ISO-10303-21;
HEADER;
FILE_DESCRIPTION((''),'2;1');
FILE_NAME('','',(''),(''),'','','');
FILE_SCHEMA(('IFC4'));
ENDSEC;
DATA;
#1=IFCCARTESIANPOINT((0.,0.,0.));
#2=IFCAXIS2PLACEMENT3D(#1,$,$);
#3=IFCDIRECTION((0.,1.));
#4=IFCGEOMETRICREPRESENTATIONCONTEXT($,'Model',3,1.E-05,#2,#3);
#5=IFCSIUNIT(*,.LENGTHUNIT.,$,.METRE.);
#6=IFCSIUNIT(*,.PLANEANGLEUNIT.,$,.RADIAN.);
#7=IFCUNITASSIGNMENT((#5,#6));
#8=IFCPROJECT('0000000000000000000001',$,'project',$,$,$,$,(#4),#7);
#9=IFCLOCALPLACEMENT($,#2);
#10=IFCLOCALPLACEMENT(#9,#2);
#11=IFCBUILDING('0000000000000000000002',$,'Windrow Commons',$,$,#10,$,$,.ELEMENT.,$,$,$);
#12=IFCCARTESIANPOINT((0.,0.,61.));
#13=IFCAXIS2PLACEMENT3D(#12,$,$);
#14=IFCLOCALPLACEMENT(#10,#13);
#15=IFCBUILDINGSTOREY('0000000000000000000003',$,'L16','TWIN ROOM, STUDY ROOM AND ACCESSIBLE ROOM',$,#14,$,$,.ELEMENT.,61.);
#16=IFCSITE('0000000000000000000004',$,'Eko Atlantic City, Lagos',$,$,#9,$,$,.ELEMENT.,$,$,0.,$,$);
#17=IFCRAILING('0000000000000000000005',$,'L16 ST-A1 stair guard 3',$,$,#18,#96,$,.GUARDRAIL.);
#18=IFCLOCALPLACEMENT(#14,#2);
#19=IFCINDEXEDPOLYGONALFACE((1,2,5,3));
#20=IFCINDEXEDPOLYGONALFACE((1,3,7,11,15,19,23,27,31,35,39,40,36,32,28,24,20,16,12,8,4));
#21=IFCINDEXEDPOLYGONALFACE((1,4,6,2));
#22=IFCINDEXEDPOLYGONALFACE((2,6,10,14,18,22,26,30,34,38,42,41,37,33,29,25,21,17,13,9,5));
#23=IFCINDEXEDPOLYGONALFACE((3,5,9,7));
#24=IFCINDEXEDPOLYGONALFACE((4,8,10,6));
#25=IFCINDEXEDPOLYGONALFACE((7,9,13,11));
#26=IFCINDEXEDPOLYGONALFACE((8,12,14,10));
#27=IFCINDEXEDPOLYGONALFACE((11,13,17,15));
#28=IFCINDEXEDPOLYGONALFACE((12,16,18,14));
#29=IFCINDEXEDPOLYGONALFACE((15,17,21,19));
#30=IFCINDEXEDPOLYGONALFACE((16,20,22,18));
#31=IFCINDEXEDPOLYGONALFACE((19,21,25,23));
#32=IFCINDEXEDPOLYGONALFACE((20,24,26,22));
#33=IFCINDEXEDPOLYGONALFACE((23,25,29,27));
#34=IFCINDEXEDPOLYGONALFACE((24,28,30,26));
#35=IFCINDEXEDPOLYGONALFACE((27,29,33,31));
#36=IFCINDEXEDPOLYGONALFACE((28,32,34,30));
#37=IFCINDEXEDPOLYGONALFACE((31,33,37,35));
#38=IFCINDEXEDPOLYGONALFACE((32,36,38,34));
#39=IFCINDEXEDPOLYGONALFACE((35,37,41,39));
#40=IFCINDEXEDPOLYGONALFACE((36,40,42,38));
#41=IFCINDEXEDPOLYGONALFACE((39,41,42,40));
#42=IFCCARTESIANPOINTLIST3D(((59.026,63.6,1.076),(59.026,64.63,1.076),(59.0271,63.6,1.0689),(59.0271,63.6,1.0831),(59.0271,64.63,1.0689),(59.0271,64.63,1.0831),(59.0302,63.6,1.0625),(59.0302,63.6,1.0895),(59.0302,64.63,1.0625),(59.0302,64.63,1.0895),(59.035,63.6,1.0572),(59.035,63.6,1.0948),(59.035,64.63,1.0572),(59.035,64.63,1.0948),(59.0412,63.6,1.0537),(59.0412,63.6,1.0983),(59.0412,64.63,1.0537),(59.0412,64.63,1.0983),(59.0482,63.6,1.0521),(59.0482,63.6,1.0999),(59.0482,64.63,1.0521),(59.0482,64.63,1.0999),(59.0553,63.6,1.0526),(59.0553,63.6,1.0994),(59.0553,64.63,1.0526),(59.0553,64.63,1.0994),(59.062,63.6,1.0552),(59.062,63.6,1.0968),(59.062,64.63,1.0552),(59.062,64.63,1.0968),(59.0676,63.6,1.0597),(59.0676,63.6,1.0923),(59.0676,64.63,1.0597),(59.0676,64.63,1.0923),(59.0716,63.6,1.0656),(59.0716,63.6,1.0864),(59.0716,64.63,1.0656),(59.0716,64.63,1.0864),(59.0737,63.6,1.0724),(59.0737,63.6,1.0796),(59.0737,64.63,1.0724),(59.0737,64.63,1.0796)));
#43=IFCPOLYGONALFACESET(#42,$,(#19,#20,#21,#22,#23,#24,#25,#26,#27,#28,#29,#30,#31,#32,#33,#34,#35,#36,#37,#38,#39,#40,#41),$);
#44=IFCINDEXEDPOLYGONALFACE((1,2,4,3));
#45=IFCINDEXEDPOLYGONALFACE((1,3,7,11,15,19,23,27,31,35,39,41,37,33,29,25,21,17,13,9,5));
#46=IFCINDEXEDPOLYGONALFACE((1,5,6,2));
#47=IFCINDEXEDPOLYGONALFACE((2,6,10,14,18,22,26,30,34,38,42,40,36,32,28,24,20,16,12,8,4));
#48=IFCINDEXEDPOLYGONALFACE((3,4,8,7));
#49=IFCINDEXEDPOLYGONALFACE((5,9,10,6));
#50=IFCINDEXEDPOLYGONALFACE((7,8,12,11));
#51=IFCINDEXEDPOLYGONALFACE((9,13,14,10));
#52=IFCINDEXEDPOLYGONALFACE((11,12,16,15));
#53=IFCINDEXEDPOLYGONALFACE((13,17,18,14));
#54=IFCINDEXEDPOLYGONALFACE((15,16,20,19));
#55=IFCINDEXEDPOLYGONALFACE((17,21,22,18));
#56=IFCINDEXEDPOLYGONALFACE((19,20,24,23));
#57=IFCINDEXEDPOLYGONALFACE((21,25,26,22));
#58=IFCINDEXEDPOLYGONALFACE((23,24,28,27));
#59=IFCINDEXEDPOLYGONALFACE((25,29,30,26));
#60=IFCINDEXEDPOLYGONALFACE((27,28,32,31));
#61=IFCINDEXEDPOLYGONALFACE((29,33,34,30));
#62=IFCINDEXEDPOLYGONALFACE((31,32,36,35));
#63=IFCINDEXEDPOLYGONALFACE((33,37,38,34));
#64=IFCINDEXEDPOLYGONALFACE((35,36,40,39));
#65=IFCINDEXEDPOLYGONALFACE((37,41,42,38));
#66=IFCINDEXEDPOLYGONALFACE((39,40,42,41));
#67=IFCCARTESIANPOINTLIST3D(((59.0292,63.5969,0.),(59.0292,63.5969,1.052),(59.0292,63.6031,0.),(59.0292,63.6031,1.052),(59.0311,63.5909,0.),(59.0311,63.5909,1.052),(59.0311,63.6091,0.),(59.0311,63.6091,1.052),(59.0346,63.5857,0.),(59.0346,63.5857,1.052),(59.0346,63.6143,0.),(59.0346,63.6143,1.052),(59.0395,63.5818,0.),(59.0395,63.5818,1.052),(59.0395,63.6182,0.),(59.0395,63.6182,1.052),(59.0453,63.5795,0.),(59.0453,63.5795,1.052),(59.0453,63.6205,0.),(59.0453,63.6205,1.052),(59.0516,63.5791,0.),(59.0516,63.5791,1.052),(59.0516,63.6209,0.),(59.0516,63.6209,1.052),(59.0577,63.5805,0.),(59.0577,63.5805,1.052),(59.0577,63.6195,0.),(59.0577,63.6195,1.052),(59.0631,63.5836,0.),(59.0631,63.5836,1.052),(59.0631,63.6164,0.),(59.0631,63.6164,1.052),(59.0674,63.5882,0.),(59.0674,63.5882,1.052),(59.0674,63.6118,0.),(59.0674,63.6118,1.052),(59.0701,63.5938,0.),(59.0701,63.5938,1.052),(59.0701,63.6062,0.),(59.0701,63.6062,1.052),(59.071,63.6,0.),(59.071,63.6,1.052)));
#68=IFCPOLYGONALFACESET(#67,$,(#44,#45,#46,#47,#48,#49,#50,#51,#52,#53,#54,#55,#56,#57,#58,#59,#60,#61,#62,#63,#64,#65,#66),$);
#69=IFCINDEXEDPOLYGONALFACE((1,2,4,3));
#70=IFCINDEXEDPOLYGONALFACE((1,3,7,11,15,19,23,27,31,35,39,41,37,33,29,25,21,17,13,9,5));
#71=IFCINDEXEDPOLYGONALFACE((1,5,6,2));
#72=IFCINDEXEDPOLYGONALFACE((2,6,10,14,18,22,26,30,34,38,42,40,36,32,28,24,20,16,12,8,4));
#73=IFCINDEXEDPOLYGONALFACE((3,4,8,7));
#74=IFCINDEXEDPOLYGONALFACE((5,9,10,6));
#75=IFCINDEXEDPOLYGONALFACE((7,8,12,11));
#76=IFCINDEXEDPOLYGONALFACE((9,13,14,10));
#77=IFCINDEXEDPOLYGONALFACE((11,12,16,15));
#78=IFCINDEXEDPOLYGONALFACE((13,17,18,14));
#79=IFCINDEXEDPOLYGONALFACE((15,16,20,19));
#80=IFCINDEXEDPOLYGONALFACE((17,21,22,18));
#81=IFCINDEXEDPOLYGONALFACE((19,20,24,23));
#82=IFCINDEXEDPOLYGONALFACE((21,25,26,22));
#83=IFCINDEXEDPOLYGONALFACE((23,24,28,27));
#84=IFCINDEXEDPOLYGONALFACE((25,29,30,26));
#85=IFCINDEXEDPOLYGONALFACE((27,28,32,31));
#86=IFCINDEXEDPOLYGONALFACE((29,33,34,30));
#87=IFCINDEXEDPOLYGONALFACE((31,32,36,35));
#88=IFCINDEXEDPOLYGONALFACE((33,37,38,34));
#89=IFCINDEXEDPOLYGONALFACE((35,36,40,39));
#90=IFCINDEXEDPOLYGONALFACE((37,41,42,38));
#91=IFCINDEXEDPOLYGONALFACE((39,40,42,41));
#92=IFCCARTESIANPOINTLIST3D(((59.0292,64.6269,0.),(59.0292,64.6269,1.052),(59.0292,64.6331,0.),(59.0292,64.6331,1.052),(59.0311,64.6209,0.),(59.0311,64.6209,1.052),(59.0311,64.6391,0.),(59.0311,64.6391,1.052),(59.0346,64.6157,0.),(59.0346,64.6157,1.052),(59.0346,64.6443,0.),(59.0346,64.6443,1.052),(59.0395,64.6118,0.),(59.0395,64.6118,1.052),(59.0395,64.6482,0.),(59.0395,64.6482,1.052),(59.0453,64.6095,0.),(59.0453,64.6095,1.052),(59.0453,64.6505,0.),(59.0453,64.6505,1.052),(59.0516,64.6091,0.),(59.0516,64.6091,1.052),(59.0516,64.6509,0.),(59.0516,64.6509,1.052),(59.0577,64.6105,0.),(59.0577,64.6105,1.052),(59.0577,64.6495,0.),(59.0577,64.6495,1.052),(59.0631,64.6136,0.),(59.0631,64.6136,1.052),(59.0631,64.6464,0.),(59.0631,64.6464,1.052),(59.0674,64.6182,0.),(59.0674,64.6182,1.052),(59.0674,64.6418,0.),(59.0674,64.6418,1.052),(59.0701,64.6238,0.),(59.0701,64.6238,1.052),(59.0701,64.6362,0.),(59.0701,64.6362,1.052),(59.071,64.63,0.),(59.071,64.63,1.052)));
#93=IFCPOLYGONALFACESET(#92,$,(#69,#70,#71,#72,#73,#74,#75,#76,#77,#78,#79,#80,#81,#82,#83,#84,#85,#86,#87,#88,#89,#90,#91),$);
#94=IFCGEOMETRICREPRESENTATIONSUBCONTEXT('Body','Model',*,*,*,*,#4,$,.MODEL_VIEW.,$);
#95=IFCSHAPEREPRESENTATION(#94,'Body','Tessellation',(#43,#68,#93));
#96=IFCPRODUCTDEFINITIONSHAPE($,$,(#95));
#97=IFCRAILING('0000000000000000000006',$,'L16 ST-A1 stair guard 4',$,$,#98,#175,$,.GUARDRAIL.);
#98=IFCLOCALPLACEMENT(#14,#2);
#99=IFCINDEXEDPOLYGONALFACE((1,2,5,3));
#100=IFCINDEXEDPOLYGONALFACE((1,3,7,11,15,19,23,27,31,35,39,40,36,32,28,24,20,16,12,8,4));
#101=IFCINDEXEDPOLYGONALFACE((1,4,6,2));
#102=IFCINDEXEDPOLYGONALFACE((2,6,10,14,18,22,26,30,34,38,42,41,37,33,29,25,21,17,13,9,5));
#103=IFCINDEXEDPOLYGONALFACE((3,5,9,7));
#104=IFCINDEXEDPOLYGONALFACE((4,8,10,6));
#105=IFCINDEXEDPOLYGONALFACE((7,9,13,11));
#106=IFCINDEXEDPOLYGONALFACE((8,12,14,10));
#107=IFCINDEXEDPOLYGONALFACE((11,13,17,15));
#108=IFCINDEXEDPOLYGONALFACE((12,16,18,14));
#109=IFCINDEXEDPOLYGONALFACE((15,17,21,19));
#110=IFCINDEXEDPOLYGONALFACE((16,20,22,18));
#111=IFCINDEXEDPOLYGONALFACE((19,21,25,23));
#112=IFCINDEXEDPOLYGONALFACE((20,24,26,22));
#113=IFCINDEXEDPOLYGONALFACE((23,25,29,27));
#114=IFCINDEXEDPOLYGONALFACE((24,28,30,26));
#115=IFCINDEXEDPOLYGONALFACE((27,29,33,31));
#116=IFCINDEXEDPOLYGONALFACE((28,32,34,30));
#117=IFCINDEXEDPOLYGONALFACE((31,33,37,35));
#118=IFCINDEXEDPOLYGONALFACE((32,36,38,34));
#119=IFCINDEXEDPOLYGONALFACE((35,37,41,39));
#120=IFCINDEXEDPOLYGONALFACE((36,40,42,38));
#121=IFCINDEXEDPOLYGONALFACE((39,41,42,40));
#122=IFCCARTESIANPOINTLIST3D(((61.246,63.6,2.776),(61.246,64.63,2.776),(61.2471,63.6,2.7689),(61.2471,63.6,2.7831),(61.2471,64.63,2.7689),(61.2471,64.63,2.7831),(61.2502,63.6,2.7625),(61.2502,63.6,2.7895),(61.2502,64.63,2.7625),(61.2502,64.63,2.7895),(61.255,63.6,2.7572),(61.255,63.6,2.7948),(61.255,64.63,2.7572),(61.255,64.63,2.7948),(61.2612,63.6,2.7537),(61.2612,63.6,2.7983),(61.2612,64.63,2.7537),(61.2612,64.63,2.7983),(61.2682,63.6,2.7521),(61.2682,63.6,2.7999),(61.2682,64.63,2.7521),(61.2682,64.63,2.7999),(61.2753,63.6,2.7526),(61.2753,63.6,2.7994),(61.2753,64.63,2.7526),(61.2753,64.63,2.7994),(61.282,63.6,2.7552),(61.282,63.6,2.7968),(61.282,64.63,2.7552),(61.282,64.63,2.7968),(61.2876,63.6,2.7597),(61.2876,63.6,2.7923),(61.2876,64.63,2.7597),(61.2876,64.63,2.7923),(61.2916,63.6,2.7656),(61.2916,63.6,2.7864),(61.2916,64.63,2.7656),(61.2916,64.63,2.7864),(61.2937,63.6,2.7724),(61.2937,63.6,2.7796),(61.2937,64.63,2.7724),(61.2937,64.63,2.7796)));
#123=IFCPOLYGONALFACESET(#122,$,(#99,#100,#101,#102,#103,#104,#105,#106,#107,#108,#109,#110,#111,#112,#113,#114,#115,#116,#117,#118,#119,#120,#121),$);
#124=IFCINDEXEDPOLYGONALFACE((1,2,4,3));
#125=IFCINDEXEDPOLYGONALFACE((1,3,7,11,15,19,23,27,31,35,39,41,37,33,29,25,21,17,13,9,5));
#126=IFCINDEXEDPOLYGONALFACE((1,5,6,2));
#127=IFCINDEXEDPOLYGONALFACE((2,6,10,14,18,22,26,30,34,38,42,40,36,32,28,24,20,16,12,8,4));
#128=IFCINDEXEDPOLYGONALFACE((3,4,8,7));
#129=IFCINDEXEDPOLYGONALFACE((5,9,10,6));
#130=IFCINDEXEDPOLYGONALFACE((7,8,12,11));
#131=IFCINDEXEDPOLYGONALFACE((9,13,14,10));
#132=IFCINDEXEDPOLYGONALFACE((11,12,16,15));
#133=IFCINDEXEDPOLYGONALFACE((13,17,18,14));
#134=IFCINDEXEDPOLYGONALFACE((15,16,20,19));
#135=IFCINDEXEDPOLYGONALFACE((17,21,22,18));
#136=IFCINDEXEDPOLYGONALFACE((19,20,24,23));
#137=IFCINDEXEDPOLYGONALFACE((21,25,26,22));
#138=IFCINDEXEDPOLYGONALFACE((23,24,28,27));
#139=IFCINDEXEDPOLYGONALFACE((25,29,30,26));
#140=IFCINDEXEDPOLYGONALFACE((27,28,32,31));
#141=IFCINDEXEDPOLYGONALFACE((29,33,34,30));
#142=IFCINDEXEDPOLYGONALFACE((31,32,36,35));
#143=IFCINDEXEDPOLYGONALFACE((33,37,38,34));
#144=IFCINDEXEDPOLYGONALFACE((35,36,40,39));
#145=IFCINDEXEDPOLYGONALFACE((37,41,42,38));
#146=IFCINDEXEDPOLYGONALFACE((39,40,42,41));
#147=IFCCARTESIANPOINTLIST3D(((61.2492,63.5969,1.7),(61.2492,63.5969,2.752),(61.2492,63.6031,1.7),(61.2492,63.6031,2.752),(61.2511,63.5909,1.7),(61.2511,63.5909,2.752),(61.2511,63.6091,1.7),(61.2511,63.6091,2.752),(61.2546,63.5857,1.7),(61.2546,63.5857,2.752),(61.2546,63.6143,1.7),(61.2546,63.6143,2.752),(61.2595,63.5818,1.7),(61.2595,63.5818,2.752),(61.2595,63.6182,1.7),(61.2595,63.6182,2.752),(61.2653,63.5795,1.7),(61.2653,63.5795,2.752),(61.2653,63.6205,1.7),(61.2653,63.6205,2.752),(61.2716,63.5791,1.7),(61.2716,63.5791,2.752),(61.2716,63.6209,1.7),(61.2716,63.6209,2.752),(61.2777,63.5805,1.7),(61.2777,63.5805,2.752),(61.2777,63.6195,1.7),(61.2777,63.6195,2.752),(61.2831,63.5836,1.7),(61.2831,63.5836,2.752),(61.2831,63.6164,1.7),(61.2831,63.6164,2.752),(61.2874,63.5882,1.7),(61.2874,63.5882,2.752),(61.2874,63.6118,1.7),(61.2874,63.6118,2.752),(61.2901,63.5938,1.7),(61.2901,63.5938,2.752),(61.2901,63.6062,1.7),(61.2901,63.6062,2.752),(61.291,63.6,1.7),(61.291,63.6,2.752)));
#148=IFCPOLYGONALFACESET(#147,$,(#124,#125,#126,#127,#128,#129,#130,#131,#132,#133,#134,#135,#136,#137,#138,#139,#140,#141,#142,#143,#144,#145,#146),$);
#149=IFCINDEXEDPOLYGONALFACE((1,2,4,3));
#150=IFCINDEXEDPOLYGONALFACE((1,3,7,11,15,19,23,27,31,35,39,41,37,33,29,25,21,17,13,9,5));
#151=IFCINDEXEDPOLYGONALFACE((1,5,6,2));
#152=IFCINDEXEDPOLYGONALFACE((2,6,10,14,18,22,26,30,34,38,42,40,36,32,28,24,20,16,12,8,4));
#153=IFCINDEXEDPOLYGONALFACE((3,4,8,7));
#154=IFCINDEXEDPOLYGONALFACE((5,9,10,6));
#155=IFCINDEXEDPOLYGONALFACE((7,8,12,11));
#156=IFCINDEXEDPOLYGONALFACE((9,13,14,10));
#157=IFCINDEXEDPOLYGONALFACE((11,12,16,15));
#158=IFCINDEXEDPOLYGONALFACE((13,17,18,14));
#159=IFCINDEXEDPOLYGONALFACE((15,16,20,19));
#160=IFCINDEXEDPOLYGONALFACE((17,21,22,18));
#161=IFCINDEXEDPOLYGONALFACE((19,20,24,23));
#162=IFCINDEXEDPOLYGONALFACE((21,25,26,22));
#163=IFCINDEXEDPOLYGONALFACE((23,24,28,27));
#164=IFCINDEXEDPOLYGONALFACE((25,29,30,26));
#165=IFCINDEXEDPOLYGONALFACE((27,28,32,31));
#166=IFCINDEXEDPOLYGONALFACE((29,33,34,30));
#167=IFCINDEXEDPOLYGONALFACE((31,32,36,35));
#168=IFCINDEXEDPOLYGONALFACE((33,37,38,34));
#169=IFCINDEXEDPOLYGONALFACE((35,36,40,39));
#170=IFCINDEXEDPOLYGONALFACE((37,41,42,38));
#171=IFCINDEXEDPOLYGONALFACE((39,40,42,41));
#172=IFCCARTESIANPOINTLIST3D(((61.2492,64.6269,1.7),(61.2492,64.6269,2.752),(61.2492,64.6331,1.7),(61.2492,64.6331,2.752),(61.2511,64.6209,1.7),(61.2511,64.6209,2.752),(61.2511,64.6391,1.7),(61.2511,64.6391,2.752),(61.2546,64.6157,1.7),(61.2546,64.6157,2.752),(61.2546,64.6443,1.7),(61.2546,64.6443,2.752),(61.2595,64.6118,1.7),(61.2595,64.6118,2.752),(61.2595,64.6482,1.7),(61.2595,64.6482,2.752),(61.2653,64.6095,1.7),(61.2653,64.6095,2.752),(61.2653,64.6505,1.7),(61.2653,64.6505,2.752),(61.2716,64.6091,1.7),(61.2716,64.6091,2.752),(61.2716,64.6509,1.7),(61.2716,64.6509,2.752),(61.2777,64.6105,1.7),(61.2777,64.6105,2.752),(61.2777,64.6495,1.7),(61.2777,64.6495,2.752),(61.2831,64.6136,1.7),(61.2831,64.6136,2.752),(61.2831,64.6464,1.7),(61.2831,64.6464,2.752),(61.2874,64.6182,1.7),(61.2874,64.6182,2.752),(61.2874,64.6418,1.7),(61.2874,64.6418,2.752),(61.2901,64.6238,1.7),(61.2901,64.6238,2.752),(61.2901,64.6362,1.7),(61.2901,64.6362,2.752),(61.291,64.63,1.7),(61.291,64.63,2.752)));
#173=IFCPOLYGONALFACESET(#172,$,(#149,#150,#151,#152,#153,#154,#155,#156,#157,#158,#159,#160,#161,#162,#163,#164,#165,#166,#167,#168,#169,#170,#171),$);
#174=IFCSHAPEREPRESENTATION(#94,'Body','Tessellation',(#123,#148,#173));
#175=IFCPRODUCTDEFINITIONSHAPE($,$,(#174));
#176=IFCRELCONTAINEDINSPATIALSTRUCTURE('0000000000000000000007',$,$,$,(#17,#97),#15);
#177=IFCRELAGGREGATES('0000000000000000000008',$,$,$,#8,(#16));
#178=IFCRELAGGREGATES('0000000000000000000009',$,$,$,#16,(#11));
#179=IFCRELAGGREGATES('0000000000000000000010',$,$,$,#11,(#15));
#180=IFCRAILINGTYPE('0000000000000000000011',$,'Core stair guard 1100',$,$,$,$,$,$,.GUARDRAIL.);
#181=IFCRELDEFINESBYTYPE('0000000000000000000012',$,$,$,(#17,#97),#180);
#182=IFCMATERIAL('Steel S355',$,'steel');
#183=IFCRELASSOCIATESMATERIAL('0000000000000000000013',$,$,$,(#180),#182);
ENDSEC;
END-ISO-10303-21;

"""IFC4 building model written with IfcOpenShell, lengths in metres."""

from ifc_helpers import new_model, si_unit, direction, frame, origin, origin_2d, place, context, subcontext, project, spatial, circle, extrude, material, type_object, element, save


model = new_model("IFC4")

# Units and contexts
model_context = context("Model", 3, precision=1e-05, world=origin(), true_north=direction((0.0, 1.0)))
body_context = subcontext(model_context, "Body", "Model", "MODEL_VIEW")
ifc_project = project(units=[si_unit("LENGTHUNIT", "METRE"), si_unit("PLANEANGLEUNIT", "RADIAN")], contexts=[model_context])

# Site, building, storey
site_placement = place(None, origin())
site = spatial("IfcSite", under=ifc_project, at=site_placement, Name="Eko Atlantic City, Lagos", CompositionType="ELEMENT", RefElevation=0.0)
building_placement = place(site_placement, origin())
building = spatial("IfcBuilding", under=site, at=building_placement, Name="Windrow Commons", CompositionType="ELEMENT")
storey_placement = place(building_placement, frame((0.0, 0.0, 61.0)))
storey = spatial("IfcBuildingStorey", under=building, at=storey_placement, Name="L16", Description="TWIN ROOM, STUDY ROOM AND ACCESSIBLE ROOM", CompositionType="ELEMENT", Elevation=61.0)

# Railings
ifc_material_1 = material(Name="Steel S355", Category="steel")
railing_type_1 = type_object("IfcRailingType", Name="Core stair guard 1100", PredefinedType="GUARDRAIL", material=ifc_material_1)
for number, where, name in (
    (1, (59.05, 63.6, 0.0), "L16 ST-A1 stair guard 3"),
    (2, (61.27, 63.6, 1.7), "L16 ST-A1 stair guard 4"),
):
    element("IfcRailing", number, at=place(storey_placement, frame(where)), inside=storey, type_object=railing_type_1, Name=name, PredefinedType="GUARDRAIL", context=body_context, shape_type="SweptSolid", body=[
        extrude(circle(Radius=0.024, at=origin_2d()), frame((0.0, 0.0, 1.076), z_axis=(0.0, 1.0, 0.0), x_axis=(-1.0, 0.0, 0.0)), (0.0, 0.0, 1.0), 1.03),
        extrude(circle(Radius=0.021, at=origin_2d()), origin(), (0.0, 0.0, 1.0), 1.052),
        extrude(circle(Radius=0.021, at=origin_2d()), frame((0.0, 1.03, 0.0)), (0.0, 0.0, 1.0), 1.052),
    ])

save(model, "model.ifc")
